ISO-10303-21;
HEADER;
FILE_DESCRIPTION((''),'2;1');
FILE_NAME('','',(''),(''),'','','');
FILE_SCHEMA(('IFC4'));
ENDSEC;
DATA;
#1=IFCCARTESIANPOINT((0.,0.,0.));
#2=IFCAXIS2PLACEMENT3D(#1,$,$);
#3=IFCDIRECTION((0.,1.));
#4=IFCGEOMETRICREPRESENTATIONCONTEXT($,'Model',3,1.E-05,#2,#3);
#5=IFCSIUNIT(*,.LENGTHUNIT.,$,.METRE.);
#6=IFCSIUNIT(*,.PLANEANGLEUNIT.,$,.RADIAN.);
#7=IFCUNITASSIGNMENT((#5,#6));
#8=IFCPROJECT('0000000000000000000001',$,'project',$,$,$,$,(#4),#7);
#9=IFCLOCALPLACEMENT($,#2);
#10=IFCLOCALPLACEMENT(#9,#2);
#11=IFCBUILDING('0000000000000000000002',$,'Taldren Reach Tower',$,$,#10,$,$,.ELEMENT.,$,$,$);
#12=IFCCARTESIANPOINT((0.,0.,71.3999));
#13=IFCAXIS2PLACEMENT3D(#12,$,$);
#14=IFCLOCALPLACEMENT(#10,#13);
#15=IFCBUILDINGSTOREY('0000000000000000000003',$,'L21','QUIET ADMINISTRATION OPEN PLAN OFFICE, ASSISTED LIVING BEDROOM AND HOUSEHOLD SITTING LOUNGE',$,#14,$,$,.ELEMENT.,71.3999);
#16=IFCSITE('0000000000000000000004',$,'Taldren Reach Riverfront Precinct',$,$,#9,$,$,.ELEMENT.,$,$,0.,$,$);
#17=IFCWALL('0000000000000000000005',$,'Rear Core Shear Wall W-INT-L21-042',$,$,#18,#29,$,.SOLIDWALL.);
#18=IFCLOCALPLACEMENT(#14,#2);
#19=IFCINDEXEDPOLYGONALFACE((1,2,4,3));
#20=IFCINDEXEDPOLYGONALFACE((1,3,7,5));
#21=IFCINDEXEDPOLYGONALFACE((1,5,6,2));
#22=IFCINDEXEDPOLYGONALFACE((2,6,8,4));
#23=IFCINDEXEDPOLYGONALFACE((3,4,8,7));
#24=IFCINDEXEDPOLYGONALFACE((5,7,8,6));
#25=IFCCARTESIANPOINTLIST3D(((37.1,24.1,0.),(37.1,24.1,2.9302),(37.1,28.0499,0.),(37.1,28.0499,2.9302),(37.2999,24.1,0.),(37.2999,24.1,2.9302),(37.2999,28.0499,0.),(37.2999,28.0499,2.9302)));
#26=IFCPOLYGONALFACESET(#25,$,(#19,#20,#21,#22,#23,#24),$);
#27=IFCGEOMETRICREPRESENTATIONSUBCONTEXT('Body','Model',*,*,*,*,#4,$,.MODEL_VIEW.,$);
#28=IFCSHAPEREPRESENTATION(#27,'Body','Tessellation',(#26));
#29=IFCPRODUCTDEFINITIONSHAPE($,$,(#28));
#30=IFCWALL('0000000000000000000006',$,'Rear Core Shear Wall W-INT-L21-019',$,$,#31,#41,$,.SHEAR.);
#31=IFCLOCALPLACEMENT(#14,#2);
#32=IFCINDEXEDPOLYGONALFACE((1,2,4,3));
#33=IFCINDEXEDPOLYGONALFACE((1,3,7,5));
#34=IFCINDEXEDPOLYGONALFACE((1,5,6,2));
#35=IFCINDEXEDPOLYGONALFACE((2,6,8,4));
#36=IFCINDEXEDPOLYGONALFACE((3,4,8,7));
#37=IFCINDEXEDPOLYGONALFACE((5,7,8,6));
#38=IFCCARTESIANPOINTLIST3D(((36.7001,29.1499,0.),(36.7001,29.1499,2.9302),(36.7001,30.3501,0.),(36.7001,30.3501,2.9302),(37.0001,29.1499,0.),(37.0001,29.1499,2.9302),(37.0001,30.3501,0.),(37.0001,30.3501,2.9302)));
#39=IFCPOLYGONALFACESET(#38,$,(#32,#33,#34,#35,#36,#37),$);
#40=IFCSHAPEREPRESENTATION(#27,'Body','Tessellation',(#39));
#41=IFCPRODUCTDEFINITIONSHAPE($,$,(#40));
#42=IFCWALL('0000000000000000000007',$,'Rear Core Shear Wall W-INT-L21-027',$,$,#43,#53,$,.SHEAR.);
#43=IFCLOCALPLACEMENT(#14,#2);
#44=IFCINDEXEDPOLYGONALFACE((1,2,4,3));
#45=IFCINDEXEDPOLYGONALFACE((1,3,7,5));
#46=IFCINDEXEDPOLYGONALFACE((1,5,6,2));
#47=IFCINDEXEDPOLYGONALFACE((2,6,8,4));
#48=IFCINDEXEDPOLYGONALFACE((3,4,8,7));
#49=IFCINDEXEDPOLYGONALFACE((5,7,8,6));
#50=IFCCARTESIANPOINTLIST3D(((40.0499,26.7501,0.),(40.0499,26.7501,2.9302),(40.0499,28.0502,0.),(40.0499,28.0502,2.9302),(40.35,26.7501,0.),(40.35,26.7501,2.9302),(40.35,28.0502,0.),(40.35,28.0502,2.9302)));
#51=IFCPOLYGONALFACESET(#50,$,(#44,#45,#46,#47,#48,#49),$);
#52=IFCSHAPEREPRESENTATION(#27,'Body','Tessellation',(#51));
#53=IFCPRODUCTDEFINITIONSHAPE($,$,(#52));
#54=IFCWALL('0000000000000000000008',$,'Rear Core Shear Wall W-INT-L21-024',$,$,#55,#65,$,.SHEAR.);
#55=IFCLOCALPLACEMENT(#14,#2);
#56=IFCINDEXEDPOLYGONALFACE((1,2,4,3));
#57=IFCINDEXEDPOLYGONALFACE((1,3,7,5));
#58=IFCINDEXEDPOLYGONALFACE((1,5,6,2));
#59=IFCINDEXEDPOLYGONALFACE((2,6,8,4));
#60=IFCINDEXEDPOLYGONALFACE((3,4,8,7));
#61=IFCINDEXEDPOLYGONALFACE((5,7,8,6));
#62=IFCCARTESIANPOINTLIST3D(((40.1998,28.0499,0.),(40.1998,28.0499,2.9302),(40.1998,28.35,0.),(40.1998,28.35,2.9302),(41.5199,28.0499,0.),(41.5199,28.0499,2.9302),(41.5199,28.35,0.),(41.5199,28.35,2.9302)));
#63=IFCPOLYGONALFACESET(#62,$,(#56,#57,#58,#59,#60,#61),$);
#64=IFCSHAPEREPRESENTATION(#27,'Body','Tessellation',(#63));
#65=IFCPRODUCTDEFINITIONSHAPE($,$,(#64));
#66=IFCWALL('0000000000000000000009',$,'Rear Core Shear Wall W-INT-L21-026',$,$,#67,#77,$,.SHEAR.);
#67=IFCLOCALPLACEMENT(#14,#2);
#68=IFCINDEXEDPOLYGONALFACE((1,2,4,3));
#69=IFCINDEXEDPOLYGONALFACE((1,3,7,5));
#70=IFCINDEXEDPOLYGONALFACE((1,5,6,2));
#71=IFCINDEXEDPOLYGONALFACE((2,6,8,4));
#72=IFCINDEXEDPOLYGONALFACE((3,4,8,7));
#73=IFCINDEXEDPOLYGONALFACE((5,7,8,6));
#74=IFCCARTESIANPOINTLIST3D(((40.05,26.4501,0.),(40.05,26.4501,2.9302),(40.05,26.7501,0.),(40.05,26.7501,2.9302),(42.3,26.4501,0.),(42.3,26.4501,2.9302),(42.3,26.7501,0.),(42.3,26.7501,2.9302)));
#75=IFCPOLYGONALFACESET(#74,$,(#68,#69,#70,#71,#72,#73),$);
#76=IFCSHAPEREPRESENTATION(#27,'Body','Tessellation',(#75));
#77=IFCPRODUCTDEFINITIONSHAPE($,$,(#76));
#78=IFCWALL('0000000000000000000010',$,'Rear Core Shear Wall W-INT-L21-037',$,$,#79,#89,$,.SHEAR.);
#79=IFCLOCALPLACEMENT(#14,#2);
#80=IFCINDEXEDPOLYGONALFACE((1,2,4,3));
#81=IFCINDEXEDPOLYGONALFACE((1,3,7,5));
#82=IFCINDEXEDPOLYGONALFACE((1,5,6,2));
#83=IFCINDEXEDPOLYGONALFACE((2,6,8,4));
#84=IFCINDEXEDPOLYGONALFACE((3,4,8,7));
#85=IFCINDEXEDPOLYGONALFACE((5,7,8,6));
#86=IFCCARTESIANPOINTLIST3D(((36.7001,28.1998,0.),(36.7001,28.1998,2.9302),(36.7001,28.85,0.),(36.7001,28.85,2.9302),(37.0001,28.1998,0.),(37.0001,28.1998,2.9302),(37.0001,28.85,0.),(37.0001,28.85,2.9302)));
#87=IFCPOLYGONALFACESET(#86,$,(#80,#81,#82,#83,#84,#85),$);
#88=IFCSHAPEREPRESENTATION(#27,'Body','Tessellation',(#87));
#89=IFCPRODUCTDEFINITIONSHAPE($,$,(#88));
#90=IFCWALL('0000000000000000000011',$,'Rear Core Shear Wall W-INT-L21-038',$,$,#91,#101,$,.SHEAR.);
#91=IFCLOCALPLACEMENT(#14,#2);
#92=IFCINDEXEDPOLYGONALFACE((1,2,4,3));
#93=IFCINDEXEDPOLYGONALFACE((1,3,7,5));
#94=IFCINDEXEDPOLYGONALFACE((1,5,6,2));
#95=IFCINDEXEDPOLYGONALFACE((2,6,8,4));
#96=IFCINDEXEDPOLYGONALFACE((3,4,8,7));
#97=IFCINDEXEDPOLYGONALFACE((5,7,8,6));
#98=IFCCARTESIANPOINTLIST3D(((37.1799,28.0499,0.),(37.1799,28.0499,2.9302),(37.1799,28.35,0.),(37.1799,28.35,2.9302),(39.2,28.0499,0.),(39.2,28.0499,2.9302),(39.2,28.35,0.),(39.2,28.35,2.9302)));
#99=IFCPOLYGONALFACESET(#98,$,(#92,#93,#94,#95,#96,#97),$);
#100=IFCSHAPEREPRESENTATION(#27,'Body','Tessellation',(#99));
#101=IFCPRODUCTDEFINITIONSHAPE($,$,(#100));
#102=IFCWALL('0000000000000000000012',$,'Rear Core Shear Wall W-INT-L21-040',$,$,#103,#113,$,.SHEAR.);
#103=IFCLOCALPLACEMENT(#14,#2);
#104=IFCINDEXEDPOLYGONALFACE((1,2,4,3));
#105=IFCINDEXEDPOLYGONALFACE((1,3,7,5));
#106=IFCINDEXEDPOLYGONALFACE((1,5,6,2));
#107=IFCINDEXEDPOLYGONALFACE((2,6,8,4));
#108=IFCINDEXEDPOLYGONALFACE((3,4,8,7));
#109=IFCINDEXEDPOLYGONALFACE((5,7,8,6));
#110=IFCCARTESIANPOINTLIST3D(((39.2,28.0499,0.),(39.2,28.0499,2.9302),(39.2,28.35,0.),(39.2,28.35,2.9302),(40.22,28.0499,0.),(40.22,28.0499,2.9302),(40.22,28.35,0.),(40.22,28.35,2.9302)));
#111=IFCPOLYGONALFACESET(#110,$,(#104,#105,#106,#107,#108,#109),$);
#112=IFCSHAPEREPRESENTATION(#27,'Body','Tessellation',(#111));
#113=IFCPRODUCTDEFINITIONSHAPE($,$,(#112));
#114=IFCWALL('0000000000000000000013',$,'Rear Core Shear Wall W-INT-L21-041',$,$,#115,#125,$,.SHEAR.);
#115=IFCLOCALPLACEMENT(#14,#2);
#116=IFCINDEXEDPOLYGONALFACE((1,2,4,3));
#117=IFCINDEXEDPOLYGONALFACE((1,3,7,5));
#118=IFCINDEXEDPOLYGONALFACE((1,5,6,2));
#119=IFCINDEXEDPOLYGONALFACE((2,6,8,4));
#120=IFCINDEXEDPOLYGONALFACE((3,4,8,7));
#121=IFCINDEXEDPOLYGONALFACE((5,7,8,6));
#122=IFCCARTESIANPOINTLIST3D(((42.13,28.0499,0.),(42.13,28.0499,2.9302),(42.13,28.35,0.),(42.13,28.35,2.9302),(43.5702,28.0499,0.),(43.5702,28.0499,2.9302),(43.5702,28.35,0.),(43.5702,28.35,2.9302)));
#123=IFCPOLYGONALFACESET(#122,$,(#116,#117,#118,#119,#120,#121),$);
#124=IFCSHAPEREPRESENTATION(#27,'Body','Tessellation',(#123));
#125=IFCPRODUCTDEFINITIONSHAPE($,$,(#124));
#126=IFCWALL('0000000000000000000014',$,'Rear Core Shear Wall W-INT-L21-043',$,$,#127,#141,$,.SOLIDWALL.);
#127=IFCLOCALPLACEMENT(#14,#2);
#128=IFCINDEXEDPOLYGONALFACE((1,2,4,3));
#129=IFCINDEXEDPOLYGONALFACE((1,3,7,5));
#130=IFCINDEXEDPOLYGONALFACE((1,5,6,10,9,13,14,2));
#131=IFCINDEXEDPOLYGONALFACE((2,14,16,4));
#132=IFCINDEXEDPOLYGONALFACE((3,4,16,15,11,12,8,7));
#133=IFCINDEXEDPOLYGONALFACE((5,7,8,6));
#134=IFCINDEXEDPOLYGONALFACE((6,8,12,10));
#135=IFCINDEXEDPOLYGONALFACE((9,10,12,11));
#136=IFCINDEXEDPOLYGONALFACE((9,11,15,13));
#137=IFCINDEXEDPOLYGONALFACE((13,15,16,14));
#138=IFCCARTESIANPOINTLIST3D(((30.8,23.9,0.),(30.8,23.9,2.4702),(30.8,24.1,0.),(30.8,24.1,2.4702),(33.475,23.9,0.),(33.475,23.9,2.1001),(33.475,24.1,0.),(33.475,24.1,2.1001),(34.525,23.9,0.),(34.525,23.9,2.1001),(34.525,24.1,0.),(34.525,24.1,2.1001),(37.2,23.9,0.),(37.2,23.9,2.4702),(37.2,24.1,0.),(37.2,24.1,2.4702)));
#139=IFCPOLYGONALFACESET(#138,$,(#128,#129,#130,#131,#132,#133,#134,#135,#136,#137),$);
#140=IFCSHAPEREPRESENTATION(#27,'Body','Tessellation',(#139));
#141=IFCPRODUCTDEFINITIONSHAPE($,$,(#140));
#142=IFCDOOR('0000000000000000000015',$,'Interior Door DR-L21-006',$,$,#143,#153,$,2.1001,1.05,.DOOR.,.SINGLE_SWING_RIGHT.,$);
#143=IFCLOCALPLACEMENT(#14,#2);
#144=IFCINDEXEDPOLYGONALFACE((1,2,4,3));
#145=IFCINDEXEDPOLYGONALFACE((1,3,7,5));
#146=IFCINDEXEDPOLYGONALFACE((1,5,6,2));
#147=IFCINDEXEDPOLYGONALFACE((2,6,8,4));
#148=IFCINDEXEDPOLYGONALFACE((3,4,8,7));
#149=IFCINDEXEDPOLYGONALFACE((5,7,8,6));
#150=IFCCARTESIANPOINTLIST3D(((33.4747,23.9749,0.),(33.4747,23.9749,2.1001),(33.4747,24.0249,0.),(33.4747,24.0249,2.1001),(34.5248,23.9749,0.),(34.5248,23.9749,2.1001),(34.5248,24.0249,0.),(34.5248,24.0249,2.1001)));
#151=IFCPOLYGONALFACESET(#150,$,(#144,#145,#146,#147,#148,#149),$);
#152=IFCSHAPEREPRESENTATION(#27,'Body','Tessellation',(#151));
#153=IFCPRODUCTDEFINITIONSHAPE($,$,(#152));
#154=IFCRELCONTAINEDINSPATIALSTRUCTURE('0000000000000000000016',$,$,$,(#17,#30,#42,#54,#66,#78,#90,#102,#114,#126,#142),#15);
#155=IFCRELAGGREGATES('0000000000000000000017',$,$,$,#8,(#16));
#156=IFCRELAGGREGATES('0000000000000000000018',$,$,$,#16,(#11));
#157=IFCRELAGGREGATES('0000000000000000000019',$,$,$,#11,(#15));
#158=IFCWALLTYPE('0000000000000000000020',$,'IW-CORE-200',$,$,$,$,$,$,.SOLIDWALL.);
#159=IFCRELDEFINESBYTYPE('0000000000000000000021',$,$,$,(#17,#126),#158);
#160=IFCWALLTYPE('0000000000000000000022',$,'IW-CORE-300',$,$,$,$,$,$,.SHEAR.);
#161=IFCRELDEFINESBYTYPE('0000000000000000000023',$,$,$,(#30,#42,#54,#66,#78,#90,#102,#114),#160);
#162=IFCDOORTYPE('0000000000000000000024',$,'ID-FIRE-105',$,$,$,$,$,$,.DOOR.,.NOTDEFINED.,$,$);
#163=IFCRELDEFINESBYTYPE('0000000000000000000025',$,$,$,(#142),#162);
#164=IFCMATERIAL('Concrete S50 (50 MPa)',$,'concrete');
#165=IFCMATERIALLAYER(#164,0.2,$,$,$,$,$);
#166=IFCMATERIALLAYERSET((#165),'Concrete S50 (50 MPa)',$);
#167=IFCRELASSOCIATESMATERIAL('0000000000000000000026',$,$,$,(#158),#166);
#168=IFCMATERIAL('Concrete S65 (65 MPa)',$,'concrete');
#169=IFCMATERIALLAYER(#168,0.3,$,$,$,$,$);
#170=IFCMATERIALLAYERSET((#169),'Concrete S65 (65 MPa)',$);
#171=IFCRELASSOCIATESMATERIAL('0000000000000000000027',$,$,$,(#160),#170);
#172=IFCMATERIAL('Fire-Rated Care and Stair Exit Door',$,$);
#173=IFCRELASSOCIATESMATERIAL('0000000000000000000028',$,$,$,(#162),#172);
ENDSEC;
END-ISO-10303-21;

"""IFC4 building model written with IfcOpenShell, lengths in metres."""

from ifc_helpers import new_model, si_unit, direction, frame, frame_2d, origin, place, context, subcontext, project, spatial, rectangle, extrude, source, transform, mapped, material, layer, layer_set, type_object, element, fill, save


model = new_model("IFC4")

# Units and contexts
model_context = context("Model", 3, precision=1e-05, world=origin(), true_north=direction((0.0, 1.0)))
body_context = subcontext(model_context, "Body", "Model", "MODEL_VIEW")
ifc_project = project(units=[si_unit("LENGTHUNIT", "METRE"), si_unit("PLANEANGLEUNIT", "RADIAN")], contexts=[model_context])

# Site, building, storey
site_placement = place(None, origin())
site = spatial("IfcSite", under=ifc_project, at=site_placement, Name="Taldren Reach Riverfront Precinct", CompositionType="ELEMENT", RefElevation=0.0)
building_placement = place(site_placement, origin())
building = spatial("IfcBuilding", under=site, at=building_placement, Name="Taldren Reach Tower", CompositionType="ELEMENT")
storey_placement = place(building_placement, frame((0.0, 0.0, 71.3999)))
storey = spatial("IfcBuildingStorey", under=building, at=storey_placement, Name="L21", Description="QUIET ADMINISTRATION OPEN PLAN OFFICE, ASSISTED LIVING BEDROOM AND HOUSEHOLD SITTING LOUNGE", CompositionType="ELEMENT", Elevation=71.3999)

# Shared definitions
ifc_material_1 = material(Name="Concrete S65 (65 MPa)", Category="concrete")

# Walls
ifc_material_2 = material(Name="Concrete S50 (50 MPa)", Category="concrete")
ifc_layer_1 = layer(ifc_material_2, 0.2)
ifc_layer_set_1 = layer_set([ifc_layer_1], Name="Concrete S50 (50 MPa)")
wall_type_1 = type_object("IfcWallType", Name="IW-CORE-200", PredefinedType="SOLIDWALL", material=ifc_layer_set_1)
ifc_layer_2 = layer(ifc_material_1, 0.3)
ifc_layer_set_2 = layer_set([ifc_layer_2], Name="Concrete S65 (65 MPa)")
wall_type_2 = type_object("IfcWallType", Name="IW-CORE-300", PredefinedType="SHEAR", material=ifc_layer_set_2)
shared_shape_1 = source(origin(), body_context, "Body", "SweptSolid", [
    extrude(rectangle(XDim=3.95, YDim=0.2, at=frame_2d((1.9751, 0.0))), origin(), (0.0, 0.0, 1.0), 2.9302),
])
wall_1_placement = place(storey_placement, frame((37.2, 28.05, 0.0), z_axis=(0.0, 0.0, 1.0), x_axis=(0.0, -1.0, 0.0)))
element("IfcWall", 1, at=wall_1_placement, inside=storey, type_object=wall_type_1, Name="Rear Core Shear Wall W-INT-L21-042", PredefinedType="SOLIDWALL", context=body_context, shape_type="MappedRepresentation", body=[
    mapped(shared_shape_1, transform((0.0, 0.0, 0.0), scale=1.0)),
])
shared_shape_2 = source(origin(), body_context, "Body", "SweptSolid", [
    extrude(rectangle(XDim=1.2002, YDim=0.3, at=frame_2d((0.6001, 0.0))), origin(), (0.0, 0.0, 1.0), 2.9302),
])
wall_2_placement = place(storey_placement, frame((36.8501, 29.1499, 0.0), z_axis=(0.0, 0.0, 1.0), x_axis=(0.0, 1.0, 0.0)))
element("IfcWall", 2, at=wall_2_placement, inside=storey, type_object=wall_type_2, Name="Rear Core Shear Wall W-INT-L21-019", PredefinedType="SHEAR", context=body_context, shape_type="MappedRepresentation", body=[
    mapped(shared_shape_2, transform((0.0, 0.0, 0.0), scale=1.0)),
])
shared_shape_3 = source(origin(), body_context, "Body", "SweptSolid", [
    extrude(rectangle(XDim=1.3, YDim=0.3, at=frame_2d((0.6499, 0.0))), origin(), (0.0, 0.0, 1.0), 2.9302),
])
wall_3_placement = place(storey_placement, frame((40.2, 28.05, 0.0), z_axis=(0.0, 0.0, 1.0), x_axis=(0.0, -1.0, 0.0)))
element("IfcWall", 3, at=wall_3_placement, inside=storey, type_object=wall_type_2, Name="Rear Core Shear Wall W-INT-L21-027", PredefinedType="SHEAR", context=body_context, shape_type="MappedRepresentation", body=[
    mapped(shared_shape_3, transform((0.0, 0.0, 0.0), scale=1.0)),
])
shared_shape_4 = source(origin(), body_context, "Body", "SweptSolid", [
    extrude(rectangle(XDim=1.3201, YDim=0.3, at=frame_2d((0.6602, 0.0))), origin(), (0.0, 0.0, 1.0), 2.9302),
])
wall_4_placement = place(storey_placement, frame((41.52, 28.2, 0.0), z_axis=(0.0, 0.0, 1.0), x_axis=(-1.0, 0.0, 0.0)))
element("IfcWall", 4, at=wall_4_placement, inside=storey, type_object=wall_type_2, Name="Rear Core Shear Wall W-INT-L21-024", PredefinedType="SHEAR", context=body_context, shape_type="MappedRepresentation", body=[
    mapped(shared_shape_4, transform((0.0, 0.0, 0.0), scale=1.0)),
])
shared_shape_5 = source(origin(), body_context, "Body", "SweptSolid", [
    extrude(rectangle(XDim=2.25, YDim=0.3, at=frame_2d((1.125, 0.0))), origin(), (0.0, 0.0, 1.0), 2.9302),
])
wall_5_placement = place(storey_placement, frame((40.05, 26.6001, 0.0), z_axis=(0.0, 0.0, 1.0), x_axis=(1.0, 0.0, 0.0)))
element("IfcWall", 5, at=wall_5_placement, inside=storey, type_object=wall_type_2, Name="Rear Core Shear Wall W-INT-L21-026", PredefinedType="SHEAR", context=body_context, shape_type="MappedRepresentation", body=[
    mapped(shared_shape_5, transform((0.0, 0.0, 0.0), scale=1.0)),
])
shared_shape_6 = source(origin(), body_context, "Body", "SweptSolid", [
    extrude(rectangle(XDim=0.6501, YDim=0.3, at=frame_2d((0.3252, 0.0))), origin(), (0.0, 0.0, 1.0), 2.9302),
])
wall_6_placement = place(storey_placement, frame((36.8501, 28.8501, 0.0), z_axis=(0.0, 0.0, 1.0), x_axis=(0.0, -1.0, 0.0)))
element("IfcWall", 6, at=wall_6_placement, inside=storey, type_object=wall_type_2, Name="Rear Core Shear Wall W-INT-L21-037", PredefinedType="SHEAR", context=body_context, shape_type="MappedRepresentation", body=[
    mapped(shared_shape_6, transform((0.0, 0.0, 0.0), scale=1.0)),
])
shared_shape_7 = source(origin(), body_context, "Body", "SweptSolid", [
    extrude(rectangle(XDim=2.02, YDim=0.3, at=frame_2d((1.01, 0.0))), origin(), (0.0, 0.0, 1.0), 2.9302),
])
wall_7_placement = place(storey_placement, frame((37.1799, 28.2, 0.0), z_axis=(0.0, 0.0, 1.0), x_axis=(1.0, 0.0, 0.0)))
element("IfcWall", 7, at=wall_7_placement, inside=storey, type_object=wall_type_2, Name="Rear Core Shear Wall W-INT-L21-038", PredefinedType="SHEAR", context=body_context, shape_type="MappedRepresentation", body=[
    mapped(shared_shape_7, transform((0.0, 0.0, 0.0), scale=1.0)),
])
shared_shape_8 = source(origin(), body_context, "Body", "SweptSolid", [
    extrude(rectangle(XDim=1.02, YDim=0.3, at=frame_2d((0.51, 0.0))), origin(), (0.0, 0.0, 1.0), 2.9302),
])
wall_8_placement = place(storey_placement, frame((39.2, 28.2, 0.0), z_axis=(0.0, 0.0, 1.0), x_axis=(1.0, 0.0, 0.0)))
element("IfcWall", 8, at=wall_8_placement, inside=storey, type_object=wall_type_2, Name="Rear Core Shear Wall W-INT-L21-040", PredefinedType="SHEAR", context=body_context, shape_type="MappedRepresentation", body=[
    mapped(shared_shape_8, transform((0.0, 0.0, 0.0), scale=1.0)),
])
shared_shape_9 = source(origin(), body_context, "Body", "SweptSolid", [
    extrude(rectangle(XDim=1.4402, YDim=0.3, at=frame_2d((0.7202, 0.0))), origin(), (0.0, 0.0, 1.0), 2.9302),
])
wall_9_placement = place(storey_placement, frame((42.1299, 28.2, 0.0), z_axis=(0.0, 0.0, 1.0), x_axis=(1.0, 0.0, 0.0)))
element("IfcWall", 9, at=wall_9_placement, inside=storey, type_object=wall_type_2, Name="Rear Core Shear Wall W-INT-L21-041", PredefinedType="SHEAR", context=body_context, shape_type="MappedRepresentation", body=[
    mapped(shared_shape_9, transform((0.0, 0.0, 0.0), scale=1.0)),
])

# Wall, opening, door
shared_shape_10 = source(origin(), body_context, "Body", "SweptSolid", [
    extrude(rectangle(XDim=6.3999, YDim=0.2, at=frame_2d((3.2, 0.0))), origin(), (0.0, 0.0, 1.0), 2.4702),
])
wall_10_placement = place(storey_placement, frame((37.2, 24.0, 0.0), z_axis=(0.0, 0.0, 1.0), x_axis=(-1.0, 0.0, 0.0)))
wall_10 = element("IfcWall", 10, at=wall_10_placement, inside=storey, type_object=wall_type_1, Name="Rear Core Shear Wall W-INT-L21-043", PredefinedType="SOLIDWALL", context=body_context, shape_type="MappedRepresentation", body=[
    mapped(shared_shape_10, transform((0.0, 0.0, 0.0), scale=1.0)),
])
shared_shape_11 = source(origin(), body_context, "Body", "SweptSolid", [
    extrude(rectangle(XDim=1.05, YDim=2.1001, at=frame_2d((0.5249, 1.05))), frame((0.0, 0.1099, 0.0), z_axis=(0.0, -1.0, 0.0), x_axis=(1.0, 0.0, 0.0)), (0.0, 0.0, 1.0), 0.22),
])
opening_placement = place(wall_10_placement, frame((2.675, 0.0, 0.0)))
opening = element("IfcOpeningElement", 11, at=opening_placement, cuts=wall_10, PredefinedType="OPENING", context=body_context, shape_type="MappedRepresentation", body=[
    mapped(shared_shape_11, transform((0.0, 0.0, 0.0), scale=1.0)),
])
ifc_material_3 = material(Name="Fire-Rated Care and Stair Exit Door")
door_type = type_object("IfcDoorType", Name="ID-FIRE-105", OperationType="NOTDEFINED", PredefinedType="DOOR", material=ifc_material_3)
shared_shape_12 = source(origin(), body_context, "Body", "SweptSolid", [
    extrude(rectangle(XDim=1.05, YDim=2.1001, at=frame_2d((0.5249, 1.05))), frame((0.0, 0.0249, 0.0), z_axis=(0.0, -1.0, 0.0), x_axis=(1.0, 0.0, 0.0)), (0.0, 0.0, 1.0), 0.05),
])
door_placement = place(opening_placement, frame((1.05, 0.0, 0.0), z_axis=(0.0, 0.0, 1.0), x_axis=(-1.0, 0.0, 0.0)))
door = element("IfcDoor", 12, at=door_placement, inside=storey, type_object=door_type, Name="Interior Door DR-L21-006", OperationType="SINGLE_SWING_RIGHT", OverallHeight=2.1001, OverallWidth=1.05, PredefinedType="DOOR", context=body_context, shape_type="MappedRepresentation", body=[
    mapped(shared_shape_12, transform((0.0, 0.0, 0.0), scale=1.0)),
])
fill(opening, door)

save(model, "model.ifc")
